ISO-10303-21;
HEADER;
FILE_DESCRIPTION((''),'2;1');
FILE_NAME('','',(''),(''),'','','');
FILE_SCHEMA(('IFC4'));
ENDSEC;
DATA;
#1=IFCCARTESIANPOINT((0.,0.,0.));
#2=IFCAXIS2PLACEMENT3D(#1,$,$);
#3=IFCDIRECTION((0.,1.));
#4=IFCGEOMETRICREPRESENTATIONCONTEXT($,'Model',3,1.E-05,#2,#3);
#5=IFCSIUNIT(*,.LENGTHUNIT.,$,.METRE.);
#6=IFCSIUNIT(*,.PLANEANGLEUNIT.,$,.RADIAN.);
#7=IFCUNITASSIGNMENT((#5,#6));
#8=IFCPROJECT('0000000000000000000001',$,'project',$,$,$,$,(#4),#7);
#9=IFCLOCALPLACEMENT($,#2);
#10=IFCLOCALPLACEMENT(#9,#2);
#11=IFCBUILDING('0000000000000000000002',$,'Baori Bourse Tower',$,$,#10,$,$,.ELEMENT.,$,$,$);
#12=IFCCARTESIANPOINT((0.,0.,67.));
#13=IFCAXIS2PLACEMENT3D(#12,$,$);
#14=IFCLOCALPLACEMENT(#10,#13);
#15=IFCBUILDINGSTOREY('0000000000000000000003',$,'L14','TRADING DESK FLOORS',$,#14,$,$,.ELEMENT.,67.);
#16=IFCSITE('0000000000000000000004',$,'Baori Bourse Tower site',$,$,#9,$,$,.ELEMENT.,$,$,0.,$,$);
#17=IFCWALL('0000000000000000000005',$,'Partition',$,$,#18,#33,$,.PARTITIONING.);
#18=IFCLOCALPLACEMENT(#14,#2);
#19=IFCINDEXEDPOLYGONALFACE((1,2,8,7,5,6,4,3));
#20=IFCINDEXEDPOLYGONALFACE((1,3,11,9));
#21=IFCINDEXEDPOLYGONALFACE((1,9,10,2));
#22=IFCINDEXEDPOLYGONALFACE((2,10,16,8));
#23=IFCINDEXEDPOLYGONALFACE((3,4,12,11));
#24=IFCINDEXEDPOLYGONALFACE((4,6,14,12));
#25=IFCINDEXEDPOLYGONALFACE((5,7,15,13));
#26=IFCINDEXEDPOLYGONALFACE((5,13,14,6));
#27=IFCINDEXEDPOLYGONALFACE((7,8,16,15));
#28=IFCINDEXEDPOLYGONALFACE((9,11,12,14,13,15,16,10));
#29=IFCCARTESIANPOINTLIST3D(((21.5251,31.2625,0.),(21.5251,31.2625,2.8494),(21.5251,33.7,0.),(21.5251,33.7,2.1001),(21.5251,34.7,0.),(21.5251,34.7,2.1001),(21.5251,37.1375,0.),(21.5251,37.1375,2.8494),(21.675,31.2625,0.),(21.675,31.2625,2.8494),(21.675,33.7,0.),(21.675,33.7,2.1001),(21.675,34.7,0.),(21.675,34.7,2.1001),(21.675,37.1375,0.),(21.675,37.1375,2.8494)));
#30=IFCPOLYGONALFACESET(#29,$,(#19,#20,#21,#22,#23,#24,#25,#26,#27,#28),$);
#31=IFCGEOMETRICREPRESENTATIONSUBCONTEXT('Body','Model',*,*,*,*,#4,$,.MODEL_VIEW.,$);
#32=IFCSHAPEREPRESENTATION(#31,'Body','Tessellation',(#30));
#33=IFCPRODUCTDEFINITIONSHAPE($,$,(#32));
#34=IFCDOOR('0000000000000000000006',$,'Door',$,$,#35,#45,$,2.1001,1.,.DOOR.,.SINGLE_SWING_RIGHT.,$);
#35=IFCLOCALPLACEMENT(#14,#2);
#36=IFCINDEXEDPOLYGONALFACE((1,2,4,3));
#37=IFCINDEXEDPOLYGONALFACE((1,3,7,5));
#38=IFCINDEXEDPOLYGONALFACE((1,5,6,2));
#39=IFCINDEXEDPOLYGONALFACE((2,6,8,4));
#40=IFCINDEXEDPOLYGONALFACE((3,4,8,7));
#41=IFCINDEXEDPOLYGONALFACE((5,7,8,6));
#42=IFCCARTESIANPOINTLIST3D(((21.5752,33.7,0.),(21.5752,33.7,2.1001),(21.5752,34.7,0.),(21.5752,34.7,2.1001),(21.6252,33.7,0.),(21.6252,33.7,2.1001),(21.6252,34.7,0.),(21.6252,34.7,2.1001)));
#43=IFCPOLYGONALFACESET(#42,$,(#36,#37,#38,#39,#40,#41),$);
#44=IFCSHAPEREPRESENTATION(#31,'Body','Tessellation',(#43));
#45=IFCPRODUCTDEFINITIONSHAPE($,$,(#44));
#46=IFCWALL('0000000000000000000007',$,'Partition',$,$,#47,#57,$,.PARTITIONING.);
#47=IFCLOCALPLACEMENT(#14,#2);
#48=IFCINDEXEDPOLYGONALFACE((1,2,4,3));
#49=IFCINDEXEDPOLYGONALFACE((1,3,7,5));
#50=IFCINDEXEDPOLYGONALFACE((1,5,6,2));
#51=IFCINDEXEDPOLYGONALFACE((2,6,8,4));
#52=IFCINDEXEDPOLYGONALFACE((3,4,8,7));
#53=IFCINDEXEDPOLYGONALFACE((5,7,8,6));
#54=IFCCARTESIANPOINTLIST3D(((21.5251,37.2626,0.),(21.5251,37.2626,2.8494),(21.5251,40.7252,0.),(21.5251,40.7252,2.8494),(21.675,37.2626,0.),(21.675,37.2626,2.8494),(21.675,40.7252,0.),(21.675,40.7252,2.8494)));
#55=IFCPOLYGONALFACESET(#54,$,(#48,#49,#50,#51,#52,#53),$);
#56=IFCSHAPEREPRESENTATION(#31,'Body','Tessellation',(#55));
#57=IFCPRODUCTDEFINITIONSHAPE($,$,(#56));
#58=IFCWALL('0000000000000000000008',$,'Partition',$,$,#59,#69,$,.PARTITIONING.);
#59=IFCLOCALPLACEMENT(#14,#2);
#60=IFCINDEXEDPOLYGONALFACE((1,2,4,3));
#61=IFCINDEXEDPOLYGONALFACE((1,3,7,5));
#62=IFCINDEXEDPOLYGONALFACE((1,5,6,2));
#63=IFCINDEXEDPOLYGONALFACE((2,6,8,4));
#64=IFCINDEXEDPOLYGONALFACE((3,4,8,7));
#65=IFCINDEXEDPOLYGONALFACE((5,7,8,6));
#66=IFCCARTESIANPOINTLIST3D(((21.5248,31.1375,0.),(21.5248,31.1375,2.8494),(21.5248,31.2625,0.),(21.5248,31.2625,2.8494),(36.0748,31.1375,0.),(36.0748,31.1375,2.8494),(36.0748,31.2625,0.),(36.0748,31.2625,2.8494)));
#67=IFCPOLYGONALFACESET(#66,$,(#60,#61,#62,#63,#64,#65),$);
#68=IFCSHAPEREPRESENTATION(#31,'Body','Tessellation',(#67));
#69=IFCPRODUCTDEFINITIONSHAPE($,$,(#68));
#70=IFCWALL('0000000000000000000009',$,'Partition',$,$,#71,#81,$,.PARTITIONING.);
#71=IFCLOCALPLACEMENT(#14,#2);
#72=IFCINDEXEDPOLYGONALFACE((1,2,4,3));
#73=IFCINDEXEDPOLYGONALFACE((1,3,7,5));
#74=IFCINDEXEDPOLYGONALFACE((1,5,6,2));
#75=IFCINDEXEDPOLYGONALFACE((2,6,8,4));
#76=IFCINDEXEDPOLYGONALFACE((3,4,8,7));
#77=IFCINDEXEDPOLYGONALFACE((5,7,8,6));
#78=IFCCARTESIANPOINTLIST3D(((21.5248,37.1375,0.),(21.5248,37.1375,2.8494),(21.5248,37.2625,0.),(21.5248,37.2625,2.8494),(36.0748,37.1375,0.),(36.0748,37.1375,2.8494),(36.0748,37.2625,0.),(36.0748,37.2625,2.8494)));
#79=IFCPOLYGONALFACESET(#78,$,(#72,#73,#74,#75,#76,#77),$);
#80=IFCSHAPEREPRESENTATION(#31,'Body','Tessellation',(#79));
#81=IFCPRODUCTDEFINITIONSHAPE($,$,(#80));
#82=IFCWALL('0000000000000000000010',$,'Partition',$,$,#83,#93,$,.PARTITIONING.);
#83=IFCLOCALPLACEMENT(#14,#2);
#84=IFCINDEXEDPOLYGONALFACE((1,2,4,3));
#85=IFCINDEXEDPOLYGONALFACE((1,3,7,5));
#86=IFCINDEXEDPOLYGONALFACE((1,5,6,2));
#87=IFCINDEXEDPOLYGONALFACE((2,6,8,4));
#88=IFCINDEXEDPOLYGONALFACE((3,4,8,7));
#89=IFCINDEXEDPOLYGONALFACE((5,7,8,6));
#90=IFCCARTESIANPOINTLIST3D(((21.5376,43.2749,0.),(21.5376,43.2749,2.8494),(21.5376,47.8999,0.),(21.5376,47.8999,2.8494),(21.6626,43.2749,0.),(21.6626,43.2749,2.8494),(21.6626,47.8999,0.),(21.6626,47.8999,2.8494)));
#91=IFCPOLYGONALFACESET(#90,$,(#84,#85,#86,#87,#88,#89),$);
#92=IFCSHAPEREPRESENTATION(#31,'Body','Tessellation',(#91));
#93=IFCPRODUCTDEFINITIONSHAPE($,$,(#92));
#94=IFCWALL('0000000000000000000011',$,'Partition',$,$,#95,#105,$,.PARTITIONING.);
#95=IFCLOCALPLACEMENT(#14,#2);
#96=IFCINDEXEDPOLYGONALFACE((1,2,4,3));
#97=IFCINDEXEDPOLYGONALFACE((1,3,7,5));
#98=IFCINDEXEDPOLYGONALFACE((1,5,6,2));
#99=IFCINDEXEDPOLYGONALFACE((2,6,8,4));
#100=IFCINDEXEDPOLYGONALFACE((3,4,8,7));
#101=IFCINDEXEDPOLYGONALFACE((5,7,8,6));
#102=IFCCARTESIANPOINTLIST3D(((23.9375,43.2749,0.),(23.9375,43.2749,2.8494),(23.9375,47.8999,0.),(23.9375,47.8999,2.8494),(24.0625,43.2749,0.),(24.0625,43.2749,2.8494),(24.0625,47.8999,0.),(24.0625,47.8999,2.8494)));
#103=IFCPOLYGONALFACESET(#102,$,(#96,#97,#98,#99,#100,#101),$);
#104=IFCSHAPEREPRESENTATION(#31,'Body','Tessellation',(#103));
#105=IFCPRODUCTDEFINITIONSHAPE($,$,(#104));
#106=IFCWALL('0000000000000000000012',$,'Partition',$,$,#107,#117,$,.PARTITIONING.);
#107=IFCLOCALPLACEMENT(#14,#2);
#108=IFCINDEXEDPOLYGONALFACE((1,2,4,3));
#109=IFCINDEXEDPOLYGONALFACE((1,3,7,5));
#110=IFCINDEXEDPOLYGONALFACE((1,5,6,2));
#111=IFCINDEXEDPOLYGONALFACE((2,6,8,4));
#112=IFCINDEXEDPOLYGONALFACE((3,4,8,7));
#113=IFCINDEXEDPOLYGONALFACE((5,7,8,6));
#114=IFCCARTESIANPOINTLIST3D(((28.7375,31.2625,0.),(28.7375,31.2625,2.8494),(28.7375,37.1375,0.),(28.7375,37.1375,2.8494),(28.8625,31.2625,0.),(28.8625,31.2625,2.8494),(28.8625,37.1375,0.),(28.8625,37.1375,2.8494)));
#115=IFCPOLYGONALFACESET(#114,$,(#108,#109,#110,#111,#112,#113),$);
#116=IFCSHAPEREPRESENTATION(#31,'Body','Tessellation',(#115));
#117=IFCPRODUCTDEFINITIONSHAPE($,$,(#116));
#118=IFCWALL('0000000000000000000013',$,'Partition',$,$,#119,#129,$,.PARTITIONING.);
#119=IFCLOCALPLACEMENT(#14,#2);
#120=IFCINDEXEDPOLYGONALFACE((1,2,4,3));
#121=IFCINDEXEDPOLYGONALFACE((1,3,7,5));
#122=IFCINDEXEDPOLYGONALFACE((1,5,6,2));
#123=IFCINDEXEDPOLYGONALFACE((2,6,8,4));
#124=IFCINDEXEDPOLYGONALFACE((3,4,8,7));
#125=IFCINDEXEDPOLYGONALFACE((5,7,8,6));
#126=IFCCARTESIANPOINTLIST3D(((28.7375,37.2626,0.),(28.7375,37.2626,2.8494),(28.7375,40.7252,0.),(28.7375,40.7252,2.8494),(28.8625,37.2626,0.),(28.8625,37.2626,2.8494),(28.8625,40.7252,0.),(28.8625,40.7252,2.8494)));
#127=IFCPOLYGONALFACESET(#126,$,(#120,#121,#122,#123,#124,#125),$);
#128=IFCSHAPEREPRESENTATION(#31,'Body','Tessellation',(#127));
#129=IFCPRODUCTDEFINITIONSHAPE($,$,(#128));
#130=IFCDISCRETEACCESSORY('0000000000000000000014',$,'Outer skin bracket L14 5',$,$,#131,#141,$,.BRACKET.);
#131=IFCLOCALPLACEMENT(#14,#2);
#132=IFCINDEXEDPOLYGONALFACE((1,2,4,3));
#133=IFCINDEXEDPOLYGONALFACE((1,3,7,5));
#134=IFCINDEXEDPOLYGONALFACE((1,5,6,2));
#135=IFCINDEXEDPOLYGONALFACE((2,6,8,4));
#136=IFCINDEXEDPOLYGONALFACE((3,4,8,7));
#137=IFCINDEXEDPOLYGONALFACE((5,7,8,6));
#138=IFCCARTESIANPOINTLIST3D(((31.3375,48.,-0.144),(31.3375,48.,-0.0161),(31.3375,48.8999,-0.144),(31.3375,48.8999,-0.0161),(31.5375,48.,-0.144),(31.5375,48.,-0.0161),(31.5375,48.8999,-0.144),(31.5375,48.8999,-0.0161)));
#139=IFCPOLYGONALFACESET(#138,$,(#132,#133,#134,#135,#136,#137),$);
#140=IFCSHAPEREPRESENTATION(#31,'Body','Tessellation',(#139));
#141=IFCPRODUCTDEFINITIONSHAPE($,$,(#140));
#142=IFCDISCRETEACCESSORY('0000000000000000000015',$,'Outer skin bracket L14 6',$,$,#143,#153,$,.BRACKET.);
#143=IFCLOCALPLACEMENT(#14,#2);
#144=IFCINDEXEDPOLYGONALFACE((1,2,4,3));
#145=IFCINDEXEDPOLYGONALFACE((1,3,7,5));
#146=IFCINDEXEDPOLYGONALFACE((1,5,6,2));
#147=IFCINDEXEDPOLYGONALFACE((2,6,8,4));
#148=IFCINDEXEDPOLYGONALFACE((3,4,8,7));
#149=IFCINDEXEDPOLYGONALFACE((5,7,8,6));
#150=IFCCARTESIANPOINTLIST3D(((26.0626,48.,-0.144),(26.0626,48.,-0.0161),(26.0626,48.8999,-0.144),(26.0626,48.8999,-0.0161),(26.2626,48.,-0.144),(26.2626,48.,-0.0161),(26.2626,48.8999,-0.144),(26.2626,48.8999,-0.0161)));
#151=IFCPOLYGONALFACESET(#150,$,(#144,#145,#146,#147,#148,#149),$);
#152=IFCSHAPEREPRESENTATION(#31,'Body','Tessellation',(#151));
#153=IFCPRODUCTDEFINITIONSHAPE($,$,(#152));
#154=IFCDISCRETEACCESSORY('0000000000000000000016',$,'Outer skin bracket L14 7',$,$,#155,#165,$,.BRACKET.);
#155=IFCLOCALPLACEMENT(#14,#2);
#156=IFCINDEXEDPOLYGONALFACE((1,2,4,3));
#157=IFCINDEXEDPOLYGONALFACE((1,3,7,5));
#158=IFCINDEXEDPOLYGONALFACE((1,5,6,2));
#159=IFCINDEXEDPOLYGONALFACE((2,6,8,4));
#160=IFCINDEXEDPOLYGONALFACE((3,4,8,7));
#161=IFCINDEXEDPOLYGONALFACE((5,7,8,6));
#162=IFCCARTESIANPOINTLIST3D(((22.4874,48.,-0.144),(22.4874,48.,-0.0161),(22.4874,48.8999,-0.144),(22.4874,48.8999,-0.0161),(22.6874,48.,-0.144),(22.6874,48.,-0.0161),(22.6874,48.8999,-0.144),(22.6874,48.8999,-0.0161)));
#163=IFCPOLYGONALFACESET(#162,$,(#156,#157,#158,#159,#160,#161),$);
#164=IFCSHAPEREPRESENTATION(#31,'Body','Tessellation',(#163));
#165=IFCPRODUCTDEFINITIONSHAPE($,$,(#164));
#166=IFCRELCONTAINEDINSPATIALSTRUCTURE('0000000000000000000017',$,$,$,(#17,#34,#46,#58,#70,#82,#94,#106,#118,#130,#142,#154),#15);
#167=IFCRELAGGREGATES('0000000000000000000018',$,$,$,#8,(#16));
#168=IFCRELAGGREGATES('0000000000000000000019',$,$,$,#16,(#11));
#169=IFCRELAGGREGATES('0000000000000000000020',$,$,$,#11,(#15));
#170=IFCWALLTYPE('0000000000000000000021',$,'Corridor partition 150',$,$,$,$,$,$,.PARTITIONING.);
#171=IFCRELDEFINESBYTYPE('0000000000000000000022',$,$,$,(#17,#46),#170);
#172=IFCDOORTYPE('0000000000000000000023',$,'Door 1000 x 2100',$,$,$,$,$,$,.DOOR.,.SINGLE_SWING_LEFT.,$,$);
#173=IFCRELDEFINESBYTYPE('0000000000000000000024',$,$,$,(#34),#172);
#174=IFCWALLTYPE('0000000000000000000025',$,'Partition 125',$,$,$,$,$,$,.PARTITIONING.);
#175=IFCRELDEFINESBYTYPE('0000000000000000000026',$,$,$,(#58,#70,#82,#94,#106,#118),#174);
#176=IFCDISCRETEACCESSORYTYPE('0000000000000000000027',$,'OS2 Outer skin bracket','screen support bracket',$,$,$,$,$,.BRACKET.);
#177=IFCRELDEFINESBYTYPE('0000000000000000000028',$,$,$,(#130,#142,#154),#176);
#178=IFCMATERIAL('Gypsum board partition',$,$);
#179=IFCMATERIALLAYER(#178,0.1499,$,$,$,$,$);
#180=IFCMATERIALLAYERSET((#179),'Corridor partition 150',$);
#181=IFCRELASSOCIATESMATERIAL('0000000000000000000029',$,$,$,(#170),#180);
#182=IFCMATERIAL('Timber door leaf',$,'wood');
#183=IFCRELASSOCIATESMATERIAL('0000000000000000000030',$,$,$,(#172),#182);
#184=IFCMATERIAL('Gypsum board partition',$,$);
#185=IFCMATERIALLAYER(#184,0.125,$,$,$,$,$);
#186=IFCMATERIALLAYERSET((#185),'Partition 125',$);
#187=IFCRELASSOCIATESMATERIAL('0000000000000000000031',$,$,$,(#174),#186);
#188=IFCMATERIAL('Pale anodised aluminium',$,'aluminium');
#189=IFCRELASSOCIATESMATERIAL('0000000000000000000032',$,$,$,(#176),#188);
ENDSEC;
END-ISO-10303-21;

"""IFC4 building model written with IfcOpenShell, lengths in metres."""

from ifc_helpers import new_model, si_unit, direction, frame, frame_2d, origin, origin_2d, place, context, subcontext, project, spatial, rectangle, extrude, material, layer, layer_set, type_object, element, fill, save


model = new_model("IFC4")

# Units and contexts
model_context = context("Model", 3, precision=1e-05, world=origin(), true_north=direction((0.0, 1.0)))
body_context = subcontext(model_context, "Body", "Model", "MODEL_VIEW")
ifc_project = project(units=[si_unit("LENGTHUNIT", "METRE"), si_unit("PLANEANGLEUNIT", "RADIAN")], contexts=[model_context])

# Site, building, storey
site_placement = place(None, origin())
site = spatial("IfcSite", under=ifc_project, at=site_placement, Name="Baori Bourse Tower site", CompositionType="ELEMENT", RefElevation=0.0)
building_placement = place(site_placement, origin())
building = spatial("IfcBuilding", under=site, at=building_placement, Name="Baori Bourse Tower", CompositionType="ELEMENT")
storey_placement = place(building_placement, frame((0.0, 0.0, 67.0)))
storey = spatial("IfcBuildingStorey", under=building, at=storey_placement, Name="L14", Description="TRADING DESK FLOORS", CompositionType="ELEMENT", Elevation=67.0)

# Shared definitions
ifc_material_1 = material(Name="Gypsum board partition")
ifc_layer_1 = layer(ifc_material_1, 0.1499)
ifc_layer_set_1 = layer_set([ifc_layer_1], Name="Corridor partition 150")
wall_type_1 = type_object("IfcWallType", Name="Corridor partition 150", PredefinedType="PARTITIONING", material=ifc_layer_set_1)
ifc_material_2 = material(Name="Timber door leaf", Category="wood")
door_type = type_object("IfcDoorType", Name="Door 1000 x 2100", OperationType="SINGLE_SWING_LEFT", PredefinedType="DOOR", material=ifc_material_2)

# Wall, opening, door
wall_1_placement = place(storey_placement, frame((21.6001, 31.2625, 0.0), z_axis=(0.0, 0.0, 1.0), x_axis=(0.0, 1.0, 0.0)))
wall_1 = element("IfcWall", 1, at=wall_1_placement, inside=storey, type_object=wall_type_1, Name="Partition", PredefinedType="PARTITIONING", context=body_context, shape_type="SweptSolid", body=[
    extrude(rectangle(XDim=5.875, YDim=0.1499, at=frame_2d((2.9375, 0.0))), origin(), (0.0, 0.0, 1.0), 2.8494),
])
opening_1_placement = place(wall_1_placement, frame((2.4375, 0.0, 0.0)))
opening_1 = element("IfcOpeningElement", 2, at=opening_1_placement, cuts=wall_1, PredefinedType="OPENING", context=body_context, shape_type="SweptSolid", body=[
    extrude(rectangle(XDim=1.0, YDim=2.1001, at=frame_2d((0.5, 1.05))), frame((0.0, 0.085, 0.0), z_axis=(0.0, -1.0, 0.0), x_axis=(1.0, 0.0, 0.0)), (0.0, 0.0, 1.0), 0.1699),
])
door_1_placement = place(opening_1_placement, origin())
door_1 = element("IfcDoor", 3, at=door_1_placement, inside=storey, type_object=door_type, Name="Door", OperationType="SINGLE_SWING_RIGHT", OverallHeight=2.1001, OverallWidth=1.0, PredefinedType="DOOR", context=body_context, shape_type="SweptSolid", body=[
    extrude(rectangle(XDim=1.0, YDim=2.1001, at=frame_2d((0.5, 1.05))), frame((0.0, 0.0249, 0.0), z_axis=(0.0, -1.0, 0.0), x_axis=(1.0, 0.0, 0.0)), (0.0, 0.0, 1.0), 0.05),
])
fill(opening_1, door_1)

# Walls
wall_2_placement = place(storey_placement, frame((21.6001, 37.2625, 0.0), z_axis=(0.0, 0.0, 1.0), x_axis=(0.0, 1.0, 0.0)))
element("IfcWall", 4, at=wall_2_placement, inside=storey, type_object=wall_type_1, Name="Partition", PredefinedType="PARTITIONING", context=body_context, shape_type="SweptSolid", body=[
    extrude(rectangle(XDim=3.4626, YDim=0.1499, at=frame_2d((1.7314, 0.0))), origin(), (0.0, 0.0, 1.0), 2.8494),
])
ifc_material_3 = material(Name="Gypsum board partition")
ifc_layer_2 = layer(ifc_material_3, 0.125)
ifc_layer_set_2 = layer_set([ifc_layer_2], Name="Partition 125")
wall_type_2 = type_object("IfcWallType", Name="Partition 125", PredefinedType="PARTITIONING", material=ifc_layer_set_2)
for number, where, z_axis, x_axis, name in (
    (5, (21.5249, 31.2, 0.0), (0.0, 0.0, 1.0), (1.0, 0.0, 0.0), "Partition"),
    (6, (21.5249, 37.2, 0.0), (0.0, 0.0, 1.0), (1.0, 0.0, 0.0), "Partition"),
):
    element("IfcWall", number, at=place(storey_placement, frame(where, z_axis=z_axis, x_axis=x_axis)), inside=storey, type_object=wall_type_2, Name=name, PredefinedType="PARTITIONING", context=body_context, shape_type="SweptSolid", body=[
        extrude(rectangle(XDim=14.55, YDim=0.125, at=frame_2d((7.2749, 0.0))), origin(), (0.0, 0.0, 1.0), 2.8494),
    ])
for number, where, z_axis, x_axis, name in (
    (7, (21.6001, 43.2749, 0.0), (0.0, 0.0, 1.0), (0.0, 1.0, 0.0), "Partition"),
    (8, (24.0, 43.2749, 0.0), (0.0, 0.0, 1.0), (0.0, 1.0, 0.0), "Partition"),
):
    element("IfcWall", number, at=place(storey_placement, frame(where, z_axis=z_axis, x_axis=x_axis)), inside=storey, type_object=wall_type_2, Name=name, PredefinedType="PARTITIONING", context=body_context, shape_type="SweptSolid", body=[
        extrude(rectangle(XDim=4.625, YDim=0.125, at=frame_2d((2.3125, 0.0))), origin(), (0.0, 0.0, 1.0), 2.8494),
    ])
wall_3_placement = place(storey_placement, frame((28.8, 31.2625, 0.0), z_axis=(0.0, 0.0, 1.0), x_axis=(0.0, 1.0, 0.0)))
element("IfcWall", 9, at=wall_3_placement, inside=storey, type_object=wall_type_2, Name="Partition", PredefinedType="PARTITIONING", context=body_context, shape_type="SweptSolid", body=[
    extrude(rectangle(XDim=5.875, YDim=0.125, at=frame_2d((2.9375, 0.0))), origin(), (0.0, 0.0, 1.0), 2.8494),
])
wall_4_placement = place(storey_placement, frame((28.8, 37.2625, 0.0), z_axis=(0.0, 0.0, 1.0), x_axis=(0.0, 1.0, 0.0)))
element("IfcWall", 10, at=wall_4_placement, inside=storey, type_object=wall_type_2, Name="Partition", PredefinedType="PARTITIONING", context=body_context, shape_type="SweptSolid", body=[
    extrude(rectangle(XDim=3.4626, YDim=0.125, at=frame_2d((1.7314, 0.0))), origin(), (0.0, 0.0, 1.0), 2.8494),
])

# Discrete accessories
ifc_material_4 = material(Name="Pale anodised aluminium", Category="aluminium")
discrete_accessory_type = type_object("IfcDiscreteAccessoryType", Name="OS2 Outer skin bracket", Description="screen support bracket", PredefinedType="BRACKET", material=ifc_material_4)
for number, where, z_axis, x_axis, name in (
    (11, (31.4375, 48.45, -0.144), (0.0, 0.0, 1.0), (-1.0, 0.0, 0.0), "Outer skin bracket L14 5"),
    (12, (26.1626, 48.45, -0.144), (0.0, 0.0, 1.0), (-1.0, 0.0, 0.0), "Outer skin bracket L14 6"),
    (13, (22.5874, 48.45, -0.144), (0.0, 0.0, 1.0), (-1.0, 0.0, 0.0), "Outer skin bracket L14 7"),
):
    element("IfcDiscreteAccessory", number, at=place(storey_placement, frame(where, z_axis=z_axis, x_axis=x_axis)), inside=storey, type_object=discrete_accessory_type, Name=name, PredefinedType="BRACKET", context=body_context, shape_type="SweptSolid", body=[
        extrude(rectangle(XDim=0.2, YDim=0.8999, at=origin_2d()), origin(), (0.0, 0.0, 1.0), 0.1279),
    ])

save(model, "model.ifc")
